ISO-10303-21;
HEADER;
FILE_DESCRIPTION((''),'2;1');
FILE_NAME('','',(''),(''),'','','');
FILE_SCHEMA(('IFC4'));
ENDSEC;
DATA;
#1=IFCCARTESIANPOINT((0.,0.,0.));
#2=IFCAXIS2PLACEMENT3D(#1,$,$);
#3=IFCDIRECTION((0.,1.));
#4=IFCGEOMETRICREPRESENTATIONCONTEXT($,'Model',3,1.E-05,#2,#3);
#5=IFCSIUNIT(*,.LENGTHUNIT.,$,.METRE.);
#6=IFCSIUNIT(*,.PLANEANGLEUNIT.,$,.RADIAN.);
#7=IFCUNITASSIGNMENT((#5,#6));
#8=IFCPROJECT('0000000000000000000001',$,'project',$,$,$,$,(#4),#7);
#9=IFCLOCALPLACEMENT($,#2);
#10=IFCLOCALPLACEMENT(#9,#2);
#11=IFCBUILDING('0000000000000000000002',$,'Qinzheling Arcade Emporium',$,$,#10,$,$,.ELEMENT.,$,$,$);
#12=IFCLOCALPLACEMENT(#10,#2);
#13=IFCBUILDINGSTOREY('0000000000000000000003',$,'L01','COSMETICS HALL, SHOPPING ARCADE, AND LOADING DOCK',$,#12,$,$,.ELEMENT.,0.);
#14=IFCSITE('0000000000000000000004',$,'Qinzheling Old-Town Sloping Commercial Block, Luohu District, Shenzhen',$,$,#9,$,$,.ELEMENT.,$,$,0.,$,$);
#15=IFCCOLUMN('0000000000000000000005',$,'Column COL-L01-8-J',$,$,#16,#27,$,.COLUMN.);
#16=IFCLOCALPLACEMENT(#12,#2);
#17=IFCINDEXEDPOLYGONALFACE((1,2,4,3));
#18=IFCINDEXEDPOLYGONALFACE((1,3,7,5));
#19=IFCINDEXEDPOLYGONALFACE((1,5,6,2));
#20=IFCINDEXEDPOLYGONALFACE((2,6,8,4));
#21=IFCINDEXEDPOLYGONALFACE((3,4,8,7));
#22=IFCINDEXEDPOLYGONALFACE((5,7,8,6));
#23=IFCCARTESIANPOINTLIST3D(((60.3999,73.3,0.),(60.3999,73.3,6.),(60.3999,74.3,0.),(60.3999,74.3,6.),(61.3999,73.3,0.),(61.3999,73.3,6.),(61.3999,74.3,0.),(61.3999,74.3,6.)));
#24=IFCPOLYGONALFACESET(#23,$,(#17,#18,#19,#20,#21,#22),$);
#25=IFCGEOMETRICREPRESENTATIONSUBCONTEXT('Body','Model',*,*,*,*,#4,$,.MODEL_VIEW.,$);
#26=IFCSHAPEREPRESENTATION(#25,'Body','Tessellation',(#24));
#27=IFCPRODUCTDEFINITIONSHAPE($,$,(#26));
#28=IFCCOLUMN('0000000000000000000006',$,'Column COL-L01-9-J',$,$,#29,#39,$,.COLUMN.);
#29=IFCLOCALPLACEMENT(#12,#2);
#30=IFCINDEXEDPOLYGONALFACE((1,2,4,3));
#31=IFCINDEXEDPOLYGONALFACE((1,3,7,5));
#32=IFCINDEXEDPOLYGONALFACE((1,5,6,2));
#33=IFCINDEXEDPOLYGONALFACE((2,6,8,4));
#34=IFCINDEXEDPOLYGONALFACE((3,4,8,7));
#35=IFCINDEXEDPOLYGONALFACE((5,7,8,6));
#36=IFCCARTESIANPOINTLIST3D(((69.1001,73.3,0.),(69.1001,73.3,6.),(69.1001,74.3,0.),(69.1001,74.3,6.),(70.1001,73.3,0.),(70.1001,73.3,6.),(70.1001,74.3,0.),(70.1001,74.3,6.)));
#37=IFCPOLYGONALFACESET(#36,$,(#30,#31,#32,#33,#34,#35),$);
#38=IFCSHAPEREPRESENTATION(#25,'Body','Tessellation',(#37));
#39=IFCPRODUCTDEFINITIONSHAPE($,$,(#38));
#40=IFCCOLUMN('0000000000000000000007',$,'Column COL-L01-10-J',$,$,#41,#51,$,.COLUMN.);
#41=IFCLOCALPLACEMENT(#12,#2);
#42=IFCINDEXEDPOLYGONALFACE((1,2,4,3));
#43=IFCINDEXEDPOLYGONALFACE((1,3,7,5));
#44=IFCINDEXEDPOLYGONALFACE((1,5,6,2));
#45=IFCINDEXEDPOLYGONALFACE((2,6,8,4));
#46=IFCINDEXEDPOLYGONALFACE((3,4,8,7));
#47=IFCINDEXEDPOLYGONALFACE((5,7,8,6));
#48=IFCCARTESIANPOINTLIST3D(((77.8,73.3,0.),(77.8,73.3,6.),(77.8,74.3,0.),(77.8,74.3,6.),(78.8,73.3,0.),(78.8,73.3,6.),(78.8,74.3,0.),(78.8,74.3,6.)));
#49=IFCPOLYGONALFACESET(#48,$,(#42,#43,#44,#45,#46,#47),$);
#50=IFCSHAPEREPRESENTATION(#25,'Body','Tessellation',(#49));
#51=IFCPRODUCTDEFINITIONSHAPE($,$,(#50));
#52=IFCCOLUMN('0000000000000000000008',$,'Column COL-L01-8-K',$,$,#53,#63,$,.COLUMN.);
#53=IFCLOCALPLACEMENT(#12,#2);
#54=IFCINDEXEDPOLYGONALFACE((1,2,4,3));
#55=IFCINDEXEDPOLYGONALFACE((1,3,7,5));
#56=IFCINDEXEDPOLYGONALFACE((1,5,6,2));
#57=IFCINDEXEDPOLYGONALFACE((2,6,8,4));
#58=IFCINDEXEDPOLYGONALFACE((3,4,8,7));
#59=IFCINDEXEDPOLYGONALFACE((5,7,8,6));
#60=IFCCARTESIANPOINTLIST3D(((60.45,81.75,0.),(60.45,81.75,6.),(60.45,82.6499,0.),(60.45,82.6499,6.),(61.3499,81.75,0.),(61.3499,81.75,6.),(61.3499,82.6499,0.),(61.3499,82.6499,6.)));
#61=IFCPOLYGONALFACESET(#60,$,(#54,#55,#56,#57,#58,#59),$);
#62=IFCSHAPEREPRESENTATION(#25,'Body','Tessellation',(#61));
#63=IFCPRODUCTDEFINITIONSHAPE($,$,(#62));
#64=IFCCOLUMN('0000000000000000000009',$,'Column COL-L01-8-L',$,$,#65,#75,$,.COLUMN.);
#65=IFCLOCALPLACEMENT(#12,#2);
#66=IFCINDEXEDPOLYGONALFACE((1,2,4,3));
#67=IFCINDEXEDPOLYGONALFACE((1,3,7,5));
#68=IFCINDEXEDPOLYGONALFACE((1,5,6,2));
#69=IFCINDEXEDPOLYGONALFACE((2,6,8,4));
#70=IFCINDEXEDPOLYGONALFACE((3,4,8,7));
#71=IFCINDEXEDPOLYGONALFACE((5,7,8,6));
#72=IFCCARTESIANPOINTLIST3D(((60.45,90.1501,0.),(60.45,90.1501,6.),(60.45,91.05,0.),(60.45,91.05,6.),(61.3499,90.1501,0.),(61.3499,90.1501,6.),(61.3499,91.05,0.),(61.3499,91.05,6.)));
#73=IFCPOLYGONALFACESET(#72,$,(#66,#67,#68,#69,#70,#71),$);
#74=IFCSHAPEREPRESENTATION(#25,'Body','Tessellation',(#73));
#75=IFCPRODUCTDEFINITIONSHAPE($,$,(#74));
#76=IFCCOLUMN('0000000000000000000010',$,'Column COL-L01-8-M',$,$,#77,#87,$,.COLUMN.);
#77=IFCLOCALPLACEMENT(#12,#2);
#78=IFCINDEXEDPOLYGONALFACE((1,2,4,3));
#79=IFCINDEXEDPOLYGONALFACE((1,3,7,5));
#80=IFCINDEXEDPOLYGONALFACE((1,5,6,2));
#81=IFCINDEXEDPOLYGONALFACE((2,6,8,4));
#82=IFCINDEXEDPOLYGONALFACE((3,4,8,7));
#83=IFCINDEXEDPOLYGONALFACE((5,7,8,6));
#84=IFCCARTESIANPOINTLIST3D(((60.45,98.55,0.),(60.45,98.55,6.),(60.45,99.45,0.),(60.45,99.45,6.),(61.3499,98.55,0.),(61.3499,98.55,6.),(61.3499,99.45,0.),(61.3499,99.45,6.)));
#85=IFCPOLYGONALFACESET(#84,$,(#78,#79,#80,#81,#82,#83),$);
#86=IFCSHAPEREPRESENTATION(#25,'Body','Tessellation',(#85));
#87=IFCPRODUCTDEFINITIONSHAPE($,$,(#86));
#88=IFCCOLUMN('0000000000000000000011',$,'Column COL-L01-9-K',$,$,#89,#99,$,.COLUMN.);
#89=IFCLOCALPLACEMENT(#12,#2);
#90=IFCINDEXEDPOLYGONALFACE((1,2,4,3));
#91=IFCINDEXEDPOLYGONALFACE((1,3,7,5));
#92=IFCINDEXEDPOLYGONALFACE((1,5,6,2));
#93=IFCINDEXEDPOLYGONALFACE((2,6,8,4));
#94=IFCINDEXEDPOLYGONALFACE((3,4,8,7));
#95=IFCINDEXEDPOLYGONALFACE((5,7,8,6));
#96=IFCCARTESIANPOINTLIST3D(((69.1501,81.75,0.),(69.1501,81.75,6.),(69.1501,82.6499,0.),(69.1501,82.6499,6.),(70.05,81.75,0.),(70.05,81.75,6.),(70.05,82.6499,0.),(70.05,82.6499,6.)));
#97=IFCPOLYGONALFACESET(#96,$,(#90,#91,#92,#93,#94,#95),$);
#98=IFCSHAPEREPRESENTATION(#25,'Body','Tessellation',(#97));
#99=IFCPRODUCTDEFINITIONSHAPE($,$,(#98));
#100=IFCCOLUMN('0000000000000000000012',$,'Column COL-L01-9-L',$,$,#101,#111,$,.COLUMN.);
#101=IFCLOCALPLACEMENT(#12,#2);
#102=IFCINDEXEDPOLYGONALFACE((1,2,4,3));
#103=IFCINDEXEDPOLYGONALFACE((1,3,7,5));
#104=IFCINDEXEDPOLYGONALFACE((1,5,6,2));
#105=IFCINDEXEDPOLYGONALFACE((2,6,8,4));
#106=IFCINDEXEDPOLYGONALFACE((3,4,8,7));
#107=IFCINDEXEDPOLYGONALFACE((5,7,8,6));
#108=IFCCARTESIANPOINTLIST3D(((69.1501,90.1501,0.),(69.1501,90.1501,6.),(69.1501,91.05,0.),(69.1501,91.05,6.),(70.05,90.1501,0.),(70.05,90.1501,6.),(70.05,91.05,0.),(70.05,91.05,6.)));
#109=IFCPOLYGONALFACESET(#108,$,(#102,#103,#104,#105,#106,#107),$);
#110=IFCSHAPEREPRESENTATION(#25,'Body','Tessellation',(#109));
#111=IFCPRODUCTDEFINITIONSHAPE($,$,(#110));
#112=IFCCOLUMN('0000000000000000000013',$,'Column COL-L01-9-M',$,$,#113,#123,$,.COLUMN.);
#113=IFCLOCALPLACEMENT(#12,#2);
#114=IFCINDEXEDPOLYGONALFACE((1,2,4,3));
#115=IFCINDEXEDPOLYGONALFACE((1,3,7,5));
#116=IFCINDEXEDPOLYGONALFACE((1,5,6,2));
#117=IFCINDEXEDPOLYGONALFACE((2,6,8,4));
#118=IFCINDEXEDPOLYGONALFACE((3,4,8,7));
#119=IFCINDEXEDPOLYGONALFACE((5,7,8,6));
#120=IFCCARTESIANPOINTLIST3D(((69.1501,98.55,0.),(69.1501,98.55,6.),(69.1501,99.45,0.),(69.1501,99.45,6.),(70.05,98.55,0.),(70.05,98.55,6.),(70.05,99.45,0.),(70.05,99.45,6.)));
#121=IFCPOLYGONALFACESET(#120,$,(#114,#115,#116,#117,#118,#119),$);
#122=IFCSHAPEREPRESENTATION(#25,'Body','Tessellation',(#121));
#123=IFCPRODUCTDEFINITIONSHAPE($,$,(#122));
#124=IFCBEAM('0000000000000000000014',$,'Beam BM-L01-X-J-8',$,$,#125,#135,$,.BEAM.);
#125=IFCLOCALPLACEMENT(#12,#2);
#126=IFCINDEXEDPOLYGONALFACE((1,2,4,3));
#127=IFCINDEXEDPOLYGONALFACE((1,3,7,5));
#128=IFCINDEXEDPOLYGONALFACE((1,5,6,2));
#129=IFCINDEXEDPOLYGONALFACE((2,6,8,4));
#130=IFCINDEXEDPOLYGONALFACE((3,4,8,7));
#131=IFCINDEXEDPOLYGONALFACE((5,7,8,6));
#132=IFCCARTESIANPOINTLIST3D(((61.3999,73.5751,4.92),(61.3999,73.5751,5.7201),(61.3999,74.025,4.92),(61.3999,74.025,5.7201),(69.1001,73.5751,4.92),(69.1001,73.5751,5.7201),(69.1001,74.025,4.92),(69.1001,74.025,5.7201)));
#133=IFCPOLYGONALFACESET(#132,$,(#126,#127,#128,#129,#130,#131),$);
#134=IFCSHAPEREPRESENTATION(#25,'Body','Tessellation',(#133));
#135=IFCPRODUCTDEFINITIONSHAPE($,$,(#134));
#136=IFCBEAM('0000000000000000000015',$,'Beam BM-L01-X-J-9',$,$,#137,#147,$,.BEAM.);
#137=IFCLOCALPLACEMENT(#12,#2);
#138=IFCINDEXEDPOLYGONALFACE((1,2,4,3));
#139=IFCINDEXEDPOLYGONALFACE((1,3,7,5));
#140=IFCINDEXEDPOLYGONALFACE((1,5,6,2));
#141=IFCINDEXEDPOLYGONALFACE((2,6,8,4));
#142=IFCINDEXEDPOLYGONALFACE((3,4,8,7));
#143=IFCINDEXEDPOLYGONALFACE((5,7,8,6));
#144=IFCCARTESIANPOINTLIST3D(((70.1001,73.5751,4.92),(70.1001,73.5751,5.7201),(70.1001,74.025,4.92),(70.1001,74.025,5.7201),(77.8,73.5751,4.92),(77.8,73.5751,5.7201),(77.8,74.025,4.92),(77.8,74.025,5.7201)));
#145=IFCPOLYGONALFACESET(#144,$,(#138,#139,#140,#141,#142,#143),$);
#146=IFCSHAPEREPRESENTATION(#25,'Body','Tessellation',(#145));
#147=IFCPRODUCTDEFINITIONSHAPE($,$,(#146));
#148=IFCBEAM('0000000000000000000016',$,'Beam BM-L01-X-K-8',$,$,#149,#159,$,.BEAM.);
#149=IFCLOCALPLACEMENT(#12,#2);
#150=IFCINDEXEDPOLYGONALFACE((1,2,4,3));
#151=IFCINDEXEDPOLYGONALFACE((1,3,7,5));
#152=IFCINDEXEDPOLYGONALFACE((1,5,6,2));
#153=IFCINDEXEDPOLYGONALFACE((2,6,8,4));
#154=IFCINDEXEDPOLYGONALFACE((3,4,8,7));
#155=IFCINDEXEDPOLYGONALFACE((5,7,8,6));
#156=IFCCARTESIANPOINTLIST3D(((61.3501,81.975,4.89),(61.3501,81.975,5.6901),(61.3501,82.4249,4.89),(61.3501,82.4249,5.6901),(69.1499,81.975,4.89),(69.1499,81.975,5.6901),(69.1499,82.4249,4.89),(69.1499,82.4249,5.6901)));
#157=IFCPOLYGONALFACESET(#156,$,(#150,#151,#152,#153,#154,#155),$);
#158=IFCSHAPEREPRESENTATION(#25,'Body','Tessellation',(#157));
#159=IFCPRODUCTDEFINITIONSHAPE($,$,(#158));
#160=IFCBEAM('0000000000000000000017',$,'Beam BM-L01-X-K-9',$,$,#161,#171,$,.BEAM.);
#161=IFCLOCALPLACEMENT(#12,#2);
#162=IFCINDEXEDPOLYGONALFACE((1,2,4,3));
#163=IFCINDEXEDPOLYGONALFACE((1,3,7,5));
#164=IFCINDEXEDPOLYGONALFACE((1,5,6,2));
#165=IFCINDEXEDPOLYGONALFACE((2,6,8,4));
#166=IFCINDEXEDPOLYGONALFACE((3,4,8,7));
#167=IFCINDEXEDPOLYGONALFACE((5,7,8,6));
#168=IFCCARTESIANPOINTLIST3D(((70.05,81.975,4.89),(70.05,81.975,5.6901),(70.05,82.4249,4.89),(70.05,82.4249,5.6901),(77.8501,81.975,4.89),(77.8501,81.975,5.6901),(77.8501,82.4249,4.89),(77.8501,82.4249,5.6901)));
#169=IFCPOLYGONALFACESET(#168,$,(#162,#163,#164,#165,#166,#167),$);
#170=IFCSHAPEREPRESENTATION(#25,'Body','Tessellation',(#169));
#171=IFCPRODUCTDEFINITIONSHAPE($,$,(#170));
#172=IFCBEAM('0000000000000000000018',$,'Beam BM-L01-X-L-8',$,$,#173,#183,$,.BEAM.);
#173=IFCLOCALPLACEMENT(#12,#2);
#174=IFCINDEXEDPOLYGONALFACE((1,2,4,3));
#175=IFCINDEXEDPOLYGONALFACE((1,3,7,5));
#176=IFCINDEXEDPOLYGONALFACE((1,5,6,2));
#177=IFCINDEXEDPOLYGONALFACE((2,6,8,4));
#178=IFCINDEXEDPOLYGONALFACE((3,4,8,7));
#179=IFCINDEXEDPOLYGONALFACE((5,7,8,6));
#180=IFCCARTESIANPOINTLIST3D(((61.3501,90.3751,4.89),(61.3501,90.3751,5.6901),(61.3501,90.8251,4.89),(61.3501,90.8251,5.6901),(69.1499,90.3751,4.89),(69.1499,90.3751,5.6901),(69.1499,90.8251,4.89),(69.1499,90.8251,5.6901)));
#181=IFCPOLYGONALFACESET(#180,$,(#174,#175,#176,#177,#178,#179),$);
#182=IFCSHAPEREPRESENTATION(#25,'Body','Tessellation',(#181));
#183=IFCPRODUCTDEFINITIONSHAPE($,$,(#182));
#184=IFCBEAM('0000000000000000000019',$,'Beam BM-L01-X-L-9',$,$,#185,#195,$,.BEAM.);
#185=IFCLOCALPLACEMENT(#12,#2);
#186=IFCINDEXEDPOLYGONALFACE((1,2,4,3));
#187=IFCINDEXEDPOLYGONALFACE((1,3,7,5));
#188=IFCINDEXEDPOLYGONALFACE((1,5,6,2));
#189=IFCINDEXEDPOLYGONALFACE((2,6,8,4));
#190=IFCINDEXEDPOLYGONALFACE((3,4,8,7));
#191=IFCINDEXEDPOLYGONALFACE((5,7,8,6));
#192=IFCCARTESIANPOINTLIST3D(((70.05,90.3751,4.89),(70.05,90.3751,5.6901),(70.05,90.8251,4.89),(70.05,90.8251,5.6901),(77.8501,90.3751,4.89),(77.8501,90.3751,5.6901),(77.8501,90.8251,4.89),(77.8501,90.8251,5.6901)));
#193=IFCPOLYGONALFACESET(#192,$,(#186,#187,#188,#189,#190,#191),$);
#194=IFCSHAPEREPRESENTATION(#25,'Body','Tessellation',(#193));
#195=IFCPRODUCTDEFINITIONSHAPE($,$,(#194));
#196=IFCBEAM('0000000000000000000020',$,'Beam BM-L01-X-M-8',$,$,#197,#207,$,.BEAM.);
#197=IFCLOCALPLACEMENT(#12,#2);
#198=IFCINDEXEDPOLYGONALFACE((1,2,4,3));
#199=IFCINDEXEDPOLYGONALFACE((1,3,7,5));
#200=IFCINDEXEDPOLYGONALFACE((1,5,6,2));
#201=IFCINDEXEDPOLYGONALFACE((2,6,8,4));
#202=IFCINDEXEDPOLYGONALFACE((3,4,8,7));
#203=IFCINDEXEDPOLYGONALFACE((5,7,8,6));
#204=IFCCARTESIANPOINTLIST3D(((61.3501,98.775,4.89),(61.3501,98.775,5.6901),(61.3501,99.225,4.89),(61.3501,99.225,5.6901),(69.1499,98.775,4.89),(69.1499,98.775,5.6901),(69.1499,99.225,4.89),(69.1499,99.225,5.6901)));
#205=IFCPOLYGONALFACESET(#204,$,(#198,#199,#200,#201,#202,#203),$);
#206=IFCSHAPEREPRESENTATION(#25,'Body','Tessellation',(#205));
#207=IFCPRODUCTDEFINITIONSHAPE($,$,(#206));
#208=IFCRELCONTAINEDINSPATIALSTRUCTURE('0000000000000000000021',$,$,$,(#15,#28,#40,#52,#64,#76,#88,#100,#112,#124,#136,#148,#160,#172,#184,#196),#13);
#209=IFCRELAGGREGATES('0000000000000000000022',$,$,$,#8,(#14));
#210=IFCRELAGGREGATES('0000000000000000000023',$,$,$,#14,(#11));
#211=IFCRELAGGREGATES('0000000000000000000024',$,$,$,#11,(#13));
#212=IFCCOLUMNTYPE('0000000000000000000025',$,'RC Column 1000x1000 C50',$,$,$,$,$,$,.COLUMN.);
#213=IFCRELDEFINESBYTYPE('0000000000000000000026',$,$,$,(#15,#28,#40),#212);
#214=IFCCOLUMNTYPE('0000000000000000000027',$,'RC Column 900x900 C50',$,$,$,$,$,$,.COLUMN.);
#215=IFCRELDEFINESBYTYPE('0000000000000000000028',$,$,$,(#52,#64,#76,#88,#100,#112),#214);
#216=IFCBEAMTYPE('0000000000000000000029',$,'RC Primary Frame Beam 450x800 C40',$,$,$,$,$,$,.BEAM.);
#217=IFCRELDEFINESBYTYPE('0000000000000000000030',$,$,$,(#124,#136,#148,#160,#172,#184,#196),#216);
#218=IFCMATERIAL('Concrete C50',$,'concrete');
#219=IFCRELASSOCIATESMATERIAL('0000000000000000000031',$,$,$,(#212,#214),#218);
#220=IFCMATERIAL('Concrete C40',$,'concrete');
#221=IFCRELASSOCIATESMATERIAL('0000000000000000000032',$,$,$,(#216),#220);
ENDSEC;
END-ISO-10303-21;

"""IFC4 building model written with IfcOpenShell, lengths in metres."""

from ifc_helpers import new_model, si_unit, direction, frame, origin, origin_2d, place, context, subcontext, project, spatial, rectangle, extrude, material, material_profile, profile_set, type_object, element, save


model = new_model("IFC4")

# Units and contexts
model_context = context("Model", 3, precision=1e-05, world=origin(), true_north=direction((0.0, 1.0)))
body_context = subcontext(model_context, "Body", "Model", "MODEL_VIEW")
ifc_project = project(units=[si_unit("LENGTHUNIT", "METRE"), si_unit("PLANEANGLEUNIT", "RADIAN")], contexts=[model_context])

# Site, building, storey
site_placement = place(None, origin())
site = spatial("IfcSite", under=ifc_project, at=site_placement, Name="Qinzheling Old-Town Sloping Commercial Block, Luohu District, Shenzhen", CompositionType="ELEMENT", RefElevation=0.0)
building_placement = place(site_placement, origin())
building = spatial("IfcBuilding", under=site, at=building_placement, Name="Qinzheling Arcade Emporium", CompositionType="ELEMENT")
storey_placement = place(building_placement, origin())
storey = spatial("IfcBuildingStorey", under=building, at=storey_placement, Name="L01", Description="COSMETICS HALL, SHOPPING ARCADE, AND LOADING DOCK", CompositionType="ELEMENT", Elevation=0.0)

# Columns
ifc_material_1 = material(Name="Concrete C50", Category="concrete")
ifc_material_profile_1 = material_profile(ifc_material_1, rectangle(XDim=1.0, YDim=1.0, at=origin_2d()), Name="RC 1000x1000", Category="concrete")
ifc_profile_set_1 = profile_set([ifc_material_profile_1], Name="Concrete C50")
column_type_1 = type_object("IfcColumnType", Name="RC Column 1000x1000 C50", PredefinedType="COLUMN", material=ifc_profile_set_1)
for number, where, z_axis, x_axis, name in (
    (1, (60.8999, 73.8, 0.0), (0.0, 0.0, 1.0), (1.0, 0.0, 0.0), "Column COL-L01-8-J"),
    (2, (69.6001, 73.8, 0.0), (0.0, 0.0, 1.0), (1.0, 0.0, 0.0), "Column COL-L01-9-J"),
    (3, (78.3, 73.8, 0.0), (0.0, 0.0, 1.0), (1.0, 0.0, 0.0), "Column COL-L01-10-J"),
):
    element("IfcColumn", number, at=place(storey_placement, frame(where, z_axis=z_axis, x_axis=x_axis)), inside=storey, type_object=column_type_1, Name=name, PredefinedType="COLUMN", context=body_context, shape_type="SweptSolid", body=[
        extrude(rectangle(XDim=1.0, YDim=1.0, at=origin_2d()), origin(), (0.0, 0.0, 1.0), 6.0),
    ])
ifc_material_profile_2 = material_profile(ifc_material_1, rectangle(XDim=0.8999, YDim=0.8999, at=origin_2d()), Name="RC 900x900", Category="concrete")
ifc_profile_set_2 = profile_set([ifc_material_profile_2], Name="Concrete C50")
column_type_2 = type_object("IfcColumnType", Name="RC Column 900x900 C50", PredefinedType="COLUMN", material=ifc_profile_set_2)
for number, where, z_axis, x_axis, name in (
    (4, (60.8999, 82.2, 0.0), (0.0, 0.0, 1.0), (1.0, 0.0, 0.0), "Column COL-L01-8-K"),
    (5, (60.8999, 90.6001, 0.0), (0.0, 0.0, 1.0), (1.0, 0.0, 0.0), "Column COL-L01-8-L"),
    (6, (60.8999, 99.0, 0.0), (0.0, 0.0, 1.0), (1.0, 0.0, 0.0), "Column COL-L01-8-M"),
    (7, (69.6001, 82.2, 0.0), (0.0, 0.0, 1.0), (1.0, 0.0, 0.0), "Column COL-L01-9-K"),
    (8, (69.6001, 90.6001, 0.0), (0.0, 0.0, 1.0), (1.0, 0.0, 0.0), "Column COL-L01-9-L"),
    (9, (69.6001, 99.0, 0.0), (0.0, 0.0, 1.0), (1.0, 0.0, 0.0), "Column COL-L01-9-M"),
):
    element("IfcColumn", number, at=place(storey_placement, frame(where, z_axis=z_axis, x_axis=x_axis)), inside=storey, type_object=column_type_2, Name=name, PredefinedType="COLUMN", context=body_context, shape_type="SweptSolid", body=[
        extrude(rectangle(XDim=0.8999, YDim=0.8999, at=origin_2d()), origin(), (0.0, 0.0, 1.0), 6.0),
    ])

# Beams
ifc_material_2 = material(Name="Concrete C40", Category="concrete")
ifc_material_profile_3 = material_profile(ifc_material_2, rectangle(XDim=0.45, YDim=0.8, at=origin_2d()), Name="RC 450x800", Category="concrete")
ifc_profile_set_3 = profile_set([ifc_material_profile_3], Name="Concrete C40")
beam_type = type_object("IfcBeamType", Name="RC Primary Frame Beam 450x800 C40", PredefinedType="BEAM", material=ifc_profile_set_3)
beam_1_placement = place(storey_placement, frame((61.3999, 73.8, 5.3201), z_axis=(1.0, 0.0, 0.0), x_axis=(0.0, 1.0, 0.0)))
element("IfcBeam", 10, at=beam_1_placement, inside=storey, type_object=beam_type, Name="Beam BM-L01-X-J-8", PredefinedType="BEAM", context=body_context, shape_type="SweptSolid", body=[
    extrude(rectangle(XDim=0.45, YDim=0.8, at=origin_2d()), origin(), (0.0, 0.0, 1.0), 7.7002),
])
beam_2_placement = place(storey_placement, frame((70.1001, 73.8, 5.3201), z_axis=(1.0, 0.0, 0.0), x_axis=(0.0, 1.0, 0.0)))
element("IfcBeam", 11, at=beam_2_placement, inside=storey, type_object=beam_type, Name="Beam BM-L01-X-J-9", PredefinedType="BEAM", context=body_context, shape_type="SweptSolid", body=[
    extrude(rectangle(XDim=0.45, YDim=0.8, at=origin_2d()), origin(), (0.0, 0.0, 1.0), 7.7),
])
beam_3_placement = place(storey_placement, frame((61.3501, 82.2, 5.29), z_axis=(1.0, 0.0, 0.0), x_axis=(0.0, 1.0, 0.0)))
element("IfcBeam", 12, at=beam_3_placement, inside=storey, type_object=beam_type, Name="Beam BM-L01-X-K-8", PredefinedType="BEAM", context=body_context, shape_type="SweptSolid", body=[
    extrude(rectangle(XDim=0.45, YDim=0.8, at=origin_2d()), origin(), (0.0, 0.0, 1.0), 7.7998),
])
beam_4_placement = place(storey_placement, frame((70.05, 82.2, 5.29), z_axis=(1.0, 0.0, 0.0), x_axis=(0.0, 1.0, 0.0)))
element("IfcBeam", 13, at=beam_4_placement, inside=storey, type_object=beam_type, Name="Beam BM-L01-X-K-9", PredefinedType="BEAM", context=body_context, shape_type="SweptSolid", body=[
    extrude(rectangle(XDim=0.45, YDim=0.8, at=origin_2d()), origin(), (0.0, 0.0, 1.0), 7.8),
])
beam_5_placement = place(storey_placement, frame((61.3501, 90.6001, 5.29), z_axis=(1.0, 0.0, 0.0), x_axis=(0.0, 1.0, 0.0)))
element("IfcBeam", 14, at=beam_5_placement, inside=storey, type_object=beam_type, Name="Beam BM-L01-X-L-8", PredefinedType="BEAM", context=body_context, shape_type="SweptSolid", body=[
    extrude(rectangle(XDim=0.45, YDim=0.8, at=origin_2d()), origin(), (0.0, 0.0, 1.0), 7.7998),
])
beam_6_placement = place(storey_placement, frame((70.05, 90.6001, 5.29), z_axis=(1.0, 0.0, 0.0), x_axis=(0.0, 1.0, 0.0)))
element("IfcBeam", 15, at=beam_6_placement, inside=storey, type_object=beam_type, Name="Beam BM-L01-X-L-9", PredefinedType="BEAM", context=body_context, shape_type="SweptSolid", body=[
    extrude(rectangle(XDim=0.45, YDim=0.8, at=origin_2d()), origin(), (0.0, 0.0, 1.0), 7.8),
])
beam_7_placement = place(storey_placement, frame((61.3501, 99.0, 5.29), z_axis=(1.0, 0.0, 0.0), x_axis=(0.0, 1.0, 0.0)))
element("IfcBeam", 16, at=beam_7_placement, inside=storey, type_object=beam_type, Name="Beam BM-L01-X-M-8", PredefinedType="BEAM", context=body_context, shape_type="SweptSolid", body=[
    extrude(rectangle(XDim=0.45, YDim=0.8, at=origin_2d()), origin(), (0.0, 0.0, 1.0), 7.7998),
])

save(model, "model.ifc")
